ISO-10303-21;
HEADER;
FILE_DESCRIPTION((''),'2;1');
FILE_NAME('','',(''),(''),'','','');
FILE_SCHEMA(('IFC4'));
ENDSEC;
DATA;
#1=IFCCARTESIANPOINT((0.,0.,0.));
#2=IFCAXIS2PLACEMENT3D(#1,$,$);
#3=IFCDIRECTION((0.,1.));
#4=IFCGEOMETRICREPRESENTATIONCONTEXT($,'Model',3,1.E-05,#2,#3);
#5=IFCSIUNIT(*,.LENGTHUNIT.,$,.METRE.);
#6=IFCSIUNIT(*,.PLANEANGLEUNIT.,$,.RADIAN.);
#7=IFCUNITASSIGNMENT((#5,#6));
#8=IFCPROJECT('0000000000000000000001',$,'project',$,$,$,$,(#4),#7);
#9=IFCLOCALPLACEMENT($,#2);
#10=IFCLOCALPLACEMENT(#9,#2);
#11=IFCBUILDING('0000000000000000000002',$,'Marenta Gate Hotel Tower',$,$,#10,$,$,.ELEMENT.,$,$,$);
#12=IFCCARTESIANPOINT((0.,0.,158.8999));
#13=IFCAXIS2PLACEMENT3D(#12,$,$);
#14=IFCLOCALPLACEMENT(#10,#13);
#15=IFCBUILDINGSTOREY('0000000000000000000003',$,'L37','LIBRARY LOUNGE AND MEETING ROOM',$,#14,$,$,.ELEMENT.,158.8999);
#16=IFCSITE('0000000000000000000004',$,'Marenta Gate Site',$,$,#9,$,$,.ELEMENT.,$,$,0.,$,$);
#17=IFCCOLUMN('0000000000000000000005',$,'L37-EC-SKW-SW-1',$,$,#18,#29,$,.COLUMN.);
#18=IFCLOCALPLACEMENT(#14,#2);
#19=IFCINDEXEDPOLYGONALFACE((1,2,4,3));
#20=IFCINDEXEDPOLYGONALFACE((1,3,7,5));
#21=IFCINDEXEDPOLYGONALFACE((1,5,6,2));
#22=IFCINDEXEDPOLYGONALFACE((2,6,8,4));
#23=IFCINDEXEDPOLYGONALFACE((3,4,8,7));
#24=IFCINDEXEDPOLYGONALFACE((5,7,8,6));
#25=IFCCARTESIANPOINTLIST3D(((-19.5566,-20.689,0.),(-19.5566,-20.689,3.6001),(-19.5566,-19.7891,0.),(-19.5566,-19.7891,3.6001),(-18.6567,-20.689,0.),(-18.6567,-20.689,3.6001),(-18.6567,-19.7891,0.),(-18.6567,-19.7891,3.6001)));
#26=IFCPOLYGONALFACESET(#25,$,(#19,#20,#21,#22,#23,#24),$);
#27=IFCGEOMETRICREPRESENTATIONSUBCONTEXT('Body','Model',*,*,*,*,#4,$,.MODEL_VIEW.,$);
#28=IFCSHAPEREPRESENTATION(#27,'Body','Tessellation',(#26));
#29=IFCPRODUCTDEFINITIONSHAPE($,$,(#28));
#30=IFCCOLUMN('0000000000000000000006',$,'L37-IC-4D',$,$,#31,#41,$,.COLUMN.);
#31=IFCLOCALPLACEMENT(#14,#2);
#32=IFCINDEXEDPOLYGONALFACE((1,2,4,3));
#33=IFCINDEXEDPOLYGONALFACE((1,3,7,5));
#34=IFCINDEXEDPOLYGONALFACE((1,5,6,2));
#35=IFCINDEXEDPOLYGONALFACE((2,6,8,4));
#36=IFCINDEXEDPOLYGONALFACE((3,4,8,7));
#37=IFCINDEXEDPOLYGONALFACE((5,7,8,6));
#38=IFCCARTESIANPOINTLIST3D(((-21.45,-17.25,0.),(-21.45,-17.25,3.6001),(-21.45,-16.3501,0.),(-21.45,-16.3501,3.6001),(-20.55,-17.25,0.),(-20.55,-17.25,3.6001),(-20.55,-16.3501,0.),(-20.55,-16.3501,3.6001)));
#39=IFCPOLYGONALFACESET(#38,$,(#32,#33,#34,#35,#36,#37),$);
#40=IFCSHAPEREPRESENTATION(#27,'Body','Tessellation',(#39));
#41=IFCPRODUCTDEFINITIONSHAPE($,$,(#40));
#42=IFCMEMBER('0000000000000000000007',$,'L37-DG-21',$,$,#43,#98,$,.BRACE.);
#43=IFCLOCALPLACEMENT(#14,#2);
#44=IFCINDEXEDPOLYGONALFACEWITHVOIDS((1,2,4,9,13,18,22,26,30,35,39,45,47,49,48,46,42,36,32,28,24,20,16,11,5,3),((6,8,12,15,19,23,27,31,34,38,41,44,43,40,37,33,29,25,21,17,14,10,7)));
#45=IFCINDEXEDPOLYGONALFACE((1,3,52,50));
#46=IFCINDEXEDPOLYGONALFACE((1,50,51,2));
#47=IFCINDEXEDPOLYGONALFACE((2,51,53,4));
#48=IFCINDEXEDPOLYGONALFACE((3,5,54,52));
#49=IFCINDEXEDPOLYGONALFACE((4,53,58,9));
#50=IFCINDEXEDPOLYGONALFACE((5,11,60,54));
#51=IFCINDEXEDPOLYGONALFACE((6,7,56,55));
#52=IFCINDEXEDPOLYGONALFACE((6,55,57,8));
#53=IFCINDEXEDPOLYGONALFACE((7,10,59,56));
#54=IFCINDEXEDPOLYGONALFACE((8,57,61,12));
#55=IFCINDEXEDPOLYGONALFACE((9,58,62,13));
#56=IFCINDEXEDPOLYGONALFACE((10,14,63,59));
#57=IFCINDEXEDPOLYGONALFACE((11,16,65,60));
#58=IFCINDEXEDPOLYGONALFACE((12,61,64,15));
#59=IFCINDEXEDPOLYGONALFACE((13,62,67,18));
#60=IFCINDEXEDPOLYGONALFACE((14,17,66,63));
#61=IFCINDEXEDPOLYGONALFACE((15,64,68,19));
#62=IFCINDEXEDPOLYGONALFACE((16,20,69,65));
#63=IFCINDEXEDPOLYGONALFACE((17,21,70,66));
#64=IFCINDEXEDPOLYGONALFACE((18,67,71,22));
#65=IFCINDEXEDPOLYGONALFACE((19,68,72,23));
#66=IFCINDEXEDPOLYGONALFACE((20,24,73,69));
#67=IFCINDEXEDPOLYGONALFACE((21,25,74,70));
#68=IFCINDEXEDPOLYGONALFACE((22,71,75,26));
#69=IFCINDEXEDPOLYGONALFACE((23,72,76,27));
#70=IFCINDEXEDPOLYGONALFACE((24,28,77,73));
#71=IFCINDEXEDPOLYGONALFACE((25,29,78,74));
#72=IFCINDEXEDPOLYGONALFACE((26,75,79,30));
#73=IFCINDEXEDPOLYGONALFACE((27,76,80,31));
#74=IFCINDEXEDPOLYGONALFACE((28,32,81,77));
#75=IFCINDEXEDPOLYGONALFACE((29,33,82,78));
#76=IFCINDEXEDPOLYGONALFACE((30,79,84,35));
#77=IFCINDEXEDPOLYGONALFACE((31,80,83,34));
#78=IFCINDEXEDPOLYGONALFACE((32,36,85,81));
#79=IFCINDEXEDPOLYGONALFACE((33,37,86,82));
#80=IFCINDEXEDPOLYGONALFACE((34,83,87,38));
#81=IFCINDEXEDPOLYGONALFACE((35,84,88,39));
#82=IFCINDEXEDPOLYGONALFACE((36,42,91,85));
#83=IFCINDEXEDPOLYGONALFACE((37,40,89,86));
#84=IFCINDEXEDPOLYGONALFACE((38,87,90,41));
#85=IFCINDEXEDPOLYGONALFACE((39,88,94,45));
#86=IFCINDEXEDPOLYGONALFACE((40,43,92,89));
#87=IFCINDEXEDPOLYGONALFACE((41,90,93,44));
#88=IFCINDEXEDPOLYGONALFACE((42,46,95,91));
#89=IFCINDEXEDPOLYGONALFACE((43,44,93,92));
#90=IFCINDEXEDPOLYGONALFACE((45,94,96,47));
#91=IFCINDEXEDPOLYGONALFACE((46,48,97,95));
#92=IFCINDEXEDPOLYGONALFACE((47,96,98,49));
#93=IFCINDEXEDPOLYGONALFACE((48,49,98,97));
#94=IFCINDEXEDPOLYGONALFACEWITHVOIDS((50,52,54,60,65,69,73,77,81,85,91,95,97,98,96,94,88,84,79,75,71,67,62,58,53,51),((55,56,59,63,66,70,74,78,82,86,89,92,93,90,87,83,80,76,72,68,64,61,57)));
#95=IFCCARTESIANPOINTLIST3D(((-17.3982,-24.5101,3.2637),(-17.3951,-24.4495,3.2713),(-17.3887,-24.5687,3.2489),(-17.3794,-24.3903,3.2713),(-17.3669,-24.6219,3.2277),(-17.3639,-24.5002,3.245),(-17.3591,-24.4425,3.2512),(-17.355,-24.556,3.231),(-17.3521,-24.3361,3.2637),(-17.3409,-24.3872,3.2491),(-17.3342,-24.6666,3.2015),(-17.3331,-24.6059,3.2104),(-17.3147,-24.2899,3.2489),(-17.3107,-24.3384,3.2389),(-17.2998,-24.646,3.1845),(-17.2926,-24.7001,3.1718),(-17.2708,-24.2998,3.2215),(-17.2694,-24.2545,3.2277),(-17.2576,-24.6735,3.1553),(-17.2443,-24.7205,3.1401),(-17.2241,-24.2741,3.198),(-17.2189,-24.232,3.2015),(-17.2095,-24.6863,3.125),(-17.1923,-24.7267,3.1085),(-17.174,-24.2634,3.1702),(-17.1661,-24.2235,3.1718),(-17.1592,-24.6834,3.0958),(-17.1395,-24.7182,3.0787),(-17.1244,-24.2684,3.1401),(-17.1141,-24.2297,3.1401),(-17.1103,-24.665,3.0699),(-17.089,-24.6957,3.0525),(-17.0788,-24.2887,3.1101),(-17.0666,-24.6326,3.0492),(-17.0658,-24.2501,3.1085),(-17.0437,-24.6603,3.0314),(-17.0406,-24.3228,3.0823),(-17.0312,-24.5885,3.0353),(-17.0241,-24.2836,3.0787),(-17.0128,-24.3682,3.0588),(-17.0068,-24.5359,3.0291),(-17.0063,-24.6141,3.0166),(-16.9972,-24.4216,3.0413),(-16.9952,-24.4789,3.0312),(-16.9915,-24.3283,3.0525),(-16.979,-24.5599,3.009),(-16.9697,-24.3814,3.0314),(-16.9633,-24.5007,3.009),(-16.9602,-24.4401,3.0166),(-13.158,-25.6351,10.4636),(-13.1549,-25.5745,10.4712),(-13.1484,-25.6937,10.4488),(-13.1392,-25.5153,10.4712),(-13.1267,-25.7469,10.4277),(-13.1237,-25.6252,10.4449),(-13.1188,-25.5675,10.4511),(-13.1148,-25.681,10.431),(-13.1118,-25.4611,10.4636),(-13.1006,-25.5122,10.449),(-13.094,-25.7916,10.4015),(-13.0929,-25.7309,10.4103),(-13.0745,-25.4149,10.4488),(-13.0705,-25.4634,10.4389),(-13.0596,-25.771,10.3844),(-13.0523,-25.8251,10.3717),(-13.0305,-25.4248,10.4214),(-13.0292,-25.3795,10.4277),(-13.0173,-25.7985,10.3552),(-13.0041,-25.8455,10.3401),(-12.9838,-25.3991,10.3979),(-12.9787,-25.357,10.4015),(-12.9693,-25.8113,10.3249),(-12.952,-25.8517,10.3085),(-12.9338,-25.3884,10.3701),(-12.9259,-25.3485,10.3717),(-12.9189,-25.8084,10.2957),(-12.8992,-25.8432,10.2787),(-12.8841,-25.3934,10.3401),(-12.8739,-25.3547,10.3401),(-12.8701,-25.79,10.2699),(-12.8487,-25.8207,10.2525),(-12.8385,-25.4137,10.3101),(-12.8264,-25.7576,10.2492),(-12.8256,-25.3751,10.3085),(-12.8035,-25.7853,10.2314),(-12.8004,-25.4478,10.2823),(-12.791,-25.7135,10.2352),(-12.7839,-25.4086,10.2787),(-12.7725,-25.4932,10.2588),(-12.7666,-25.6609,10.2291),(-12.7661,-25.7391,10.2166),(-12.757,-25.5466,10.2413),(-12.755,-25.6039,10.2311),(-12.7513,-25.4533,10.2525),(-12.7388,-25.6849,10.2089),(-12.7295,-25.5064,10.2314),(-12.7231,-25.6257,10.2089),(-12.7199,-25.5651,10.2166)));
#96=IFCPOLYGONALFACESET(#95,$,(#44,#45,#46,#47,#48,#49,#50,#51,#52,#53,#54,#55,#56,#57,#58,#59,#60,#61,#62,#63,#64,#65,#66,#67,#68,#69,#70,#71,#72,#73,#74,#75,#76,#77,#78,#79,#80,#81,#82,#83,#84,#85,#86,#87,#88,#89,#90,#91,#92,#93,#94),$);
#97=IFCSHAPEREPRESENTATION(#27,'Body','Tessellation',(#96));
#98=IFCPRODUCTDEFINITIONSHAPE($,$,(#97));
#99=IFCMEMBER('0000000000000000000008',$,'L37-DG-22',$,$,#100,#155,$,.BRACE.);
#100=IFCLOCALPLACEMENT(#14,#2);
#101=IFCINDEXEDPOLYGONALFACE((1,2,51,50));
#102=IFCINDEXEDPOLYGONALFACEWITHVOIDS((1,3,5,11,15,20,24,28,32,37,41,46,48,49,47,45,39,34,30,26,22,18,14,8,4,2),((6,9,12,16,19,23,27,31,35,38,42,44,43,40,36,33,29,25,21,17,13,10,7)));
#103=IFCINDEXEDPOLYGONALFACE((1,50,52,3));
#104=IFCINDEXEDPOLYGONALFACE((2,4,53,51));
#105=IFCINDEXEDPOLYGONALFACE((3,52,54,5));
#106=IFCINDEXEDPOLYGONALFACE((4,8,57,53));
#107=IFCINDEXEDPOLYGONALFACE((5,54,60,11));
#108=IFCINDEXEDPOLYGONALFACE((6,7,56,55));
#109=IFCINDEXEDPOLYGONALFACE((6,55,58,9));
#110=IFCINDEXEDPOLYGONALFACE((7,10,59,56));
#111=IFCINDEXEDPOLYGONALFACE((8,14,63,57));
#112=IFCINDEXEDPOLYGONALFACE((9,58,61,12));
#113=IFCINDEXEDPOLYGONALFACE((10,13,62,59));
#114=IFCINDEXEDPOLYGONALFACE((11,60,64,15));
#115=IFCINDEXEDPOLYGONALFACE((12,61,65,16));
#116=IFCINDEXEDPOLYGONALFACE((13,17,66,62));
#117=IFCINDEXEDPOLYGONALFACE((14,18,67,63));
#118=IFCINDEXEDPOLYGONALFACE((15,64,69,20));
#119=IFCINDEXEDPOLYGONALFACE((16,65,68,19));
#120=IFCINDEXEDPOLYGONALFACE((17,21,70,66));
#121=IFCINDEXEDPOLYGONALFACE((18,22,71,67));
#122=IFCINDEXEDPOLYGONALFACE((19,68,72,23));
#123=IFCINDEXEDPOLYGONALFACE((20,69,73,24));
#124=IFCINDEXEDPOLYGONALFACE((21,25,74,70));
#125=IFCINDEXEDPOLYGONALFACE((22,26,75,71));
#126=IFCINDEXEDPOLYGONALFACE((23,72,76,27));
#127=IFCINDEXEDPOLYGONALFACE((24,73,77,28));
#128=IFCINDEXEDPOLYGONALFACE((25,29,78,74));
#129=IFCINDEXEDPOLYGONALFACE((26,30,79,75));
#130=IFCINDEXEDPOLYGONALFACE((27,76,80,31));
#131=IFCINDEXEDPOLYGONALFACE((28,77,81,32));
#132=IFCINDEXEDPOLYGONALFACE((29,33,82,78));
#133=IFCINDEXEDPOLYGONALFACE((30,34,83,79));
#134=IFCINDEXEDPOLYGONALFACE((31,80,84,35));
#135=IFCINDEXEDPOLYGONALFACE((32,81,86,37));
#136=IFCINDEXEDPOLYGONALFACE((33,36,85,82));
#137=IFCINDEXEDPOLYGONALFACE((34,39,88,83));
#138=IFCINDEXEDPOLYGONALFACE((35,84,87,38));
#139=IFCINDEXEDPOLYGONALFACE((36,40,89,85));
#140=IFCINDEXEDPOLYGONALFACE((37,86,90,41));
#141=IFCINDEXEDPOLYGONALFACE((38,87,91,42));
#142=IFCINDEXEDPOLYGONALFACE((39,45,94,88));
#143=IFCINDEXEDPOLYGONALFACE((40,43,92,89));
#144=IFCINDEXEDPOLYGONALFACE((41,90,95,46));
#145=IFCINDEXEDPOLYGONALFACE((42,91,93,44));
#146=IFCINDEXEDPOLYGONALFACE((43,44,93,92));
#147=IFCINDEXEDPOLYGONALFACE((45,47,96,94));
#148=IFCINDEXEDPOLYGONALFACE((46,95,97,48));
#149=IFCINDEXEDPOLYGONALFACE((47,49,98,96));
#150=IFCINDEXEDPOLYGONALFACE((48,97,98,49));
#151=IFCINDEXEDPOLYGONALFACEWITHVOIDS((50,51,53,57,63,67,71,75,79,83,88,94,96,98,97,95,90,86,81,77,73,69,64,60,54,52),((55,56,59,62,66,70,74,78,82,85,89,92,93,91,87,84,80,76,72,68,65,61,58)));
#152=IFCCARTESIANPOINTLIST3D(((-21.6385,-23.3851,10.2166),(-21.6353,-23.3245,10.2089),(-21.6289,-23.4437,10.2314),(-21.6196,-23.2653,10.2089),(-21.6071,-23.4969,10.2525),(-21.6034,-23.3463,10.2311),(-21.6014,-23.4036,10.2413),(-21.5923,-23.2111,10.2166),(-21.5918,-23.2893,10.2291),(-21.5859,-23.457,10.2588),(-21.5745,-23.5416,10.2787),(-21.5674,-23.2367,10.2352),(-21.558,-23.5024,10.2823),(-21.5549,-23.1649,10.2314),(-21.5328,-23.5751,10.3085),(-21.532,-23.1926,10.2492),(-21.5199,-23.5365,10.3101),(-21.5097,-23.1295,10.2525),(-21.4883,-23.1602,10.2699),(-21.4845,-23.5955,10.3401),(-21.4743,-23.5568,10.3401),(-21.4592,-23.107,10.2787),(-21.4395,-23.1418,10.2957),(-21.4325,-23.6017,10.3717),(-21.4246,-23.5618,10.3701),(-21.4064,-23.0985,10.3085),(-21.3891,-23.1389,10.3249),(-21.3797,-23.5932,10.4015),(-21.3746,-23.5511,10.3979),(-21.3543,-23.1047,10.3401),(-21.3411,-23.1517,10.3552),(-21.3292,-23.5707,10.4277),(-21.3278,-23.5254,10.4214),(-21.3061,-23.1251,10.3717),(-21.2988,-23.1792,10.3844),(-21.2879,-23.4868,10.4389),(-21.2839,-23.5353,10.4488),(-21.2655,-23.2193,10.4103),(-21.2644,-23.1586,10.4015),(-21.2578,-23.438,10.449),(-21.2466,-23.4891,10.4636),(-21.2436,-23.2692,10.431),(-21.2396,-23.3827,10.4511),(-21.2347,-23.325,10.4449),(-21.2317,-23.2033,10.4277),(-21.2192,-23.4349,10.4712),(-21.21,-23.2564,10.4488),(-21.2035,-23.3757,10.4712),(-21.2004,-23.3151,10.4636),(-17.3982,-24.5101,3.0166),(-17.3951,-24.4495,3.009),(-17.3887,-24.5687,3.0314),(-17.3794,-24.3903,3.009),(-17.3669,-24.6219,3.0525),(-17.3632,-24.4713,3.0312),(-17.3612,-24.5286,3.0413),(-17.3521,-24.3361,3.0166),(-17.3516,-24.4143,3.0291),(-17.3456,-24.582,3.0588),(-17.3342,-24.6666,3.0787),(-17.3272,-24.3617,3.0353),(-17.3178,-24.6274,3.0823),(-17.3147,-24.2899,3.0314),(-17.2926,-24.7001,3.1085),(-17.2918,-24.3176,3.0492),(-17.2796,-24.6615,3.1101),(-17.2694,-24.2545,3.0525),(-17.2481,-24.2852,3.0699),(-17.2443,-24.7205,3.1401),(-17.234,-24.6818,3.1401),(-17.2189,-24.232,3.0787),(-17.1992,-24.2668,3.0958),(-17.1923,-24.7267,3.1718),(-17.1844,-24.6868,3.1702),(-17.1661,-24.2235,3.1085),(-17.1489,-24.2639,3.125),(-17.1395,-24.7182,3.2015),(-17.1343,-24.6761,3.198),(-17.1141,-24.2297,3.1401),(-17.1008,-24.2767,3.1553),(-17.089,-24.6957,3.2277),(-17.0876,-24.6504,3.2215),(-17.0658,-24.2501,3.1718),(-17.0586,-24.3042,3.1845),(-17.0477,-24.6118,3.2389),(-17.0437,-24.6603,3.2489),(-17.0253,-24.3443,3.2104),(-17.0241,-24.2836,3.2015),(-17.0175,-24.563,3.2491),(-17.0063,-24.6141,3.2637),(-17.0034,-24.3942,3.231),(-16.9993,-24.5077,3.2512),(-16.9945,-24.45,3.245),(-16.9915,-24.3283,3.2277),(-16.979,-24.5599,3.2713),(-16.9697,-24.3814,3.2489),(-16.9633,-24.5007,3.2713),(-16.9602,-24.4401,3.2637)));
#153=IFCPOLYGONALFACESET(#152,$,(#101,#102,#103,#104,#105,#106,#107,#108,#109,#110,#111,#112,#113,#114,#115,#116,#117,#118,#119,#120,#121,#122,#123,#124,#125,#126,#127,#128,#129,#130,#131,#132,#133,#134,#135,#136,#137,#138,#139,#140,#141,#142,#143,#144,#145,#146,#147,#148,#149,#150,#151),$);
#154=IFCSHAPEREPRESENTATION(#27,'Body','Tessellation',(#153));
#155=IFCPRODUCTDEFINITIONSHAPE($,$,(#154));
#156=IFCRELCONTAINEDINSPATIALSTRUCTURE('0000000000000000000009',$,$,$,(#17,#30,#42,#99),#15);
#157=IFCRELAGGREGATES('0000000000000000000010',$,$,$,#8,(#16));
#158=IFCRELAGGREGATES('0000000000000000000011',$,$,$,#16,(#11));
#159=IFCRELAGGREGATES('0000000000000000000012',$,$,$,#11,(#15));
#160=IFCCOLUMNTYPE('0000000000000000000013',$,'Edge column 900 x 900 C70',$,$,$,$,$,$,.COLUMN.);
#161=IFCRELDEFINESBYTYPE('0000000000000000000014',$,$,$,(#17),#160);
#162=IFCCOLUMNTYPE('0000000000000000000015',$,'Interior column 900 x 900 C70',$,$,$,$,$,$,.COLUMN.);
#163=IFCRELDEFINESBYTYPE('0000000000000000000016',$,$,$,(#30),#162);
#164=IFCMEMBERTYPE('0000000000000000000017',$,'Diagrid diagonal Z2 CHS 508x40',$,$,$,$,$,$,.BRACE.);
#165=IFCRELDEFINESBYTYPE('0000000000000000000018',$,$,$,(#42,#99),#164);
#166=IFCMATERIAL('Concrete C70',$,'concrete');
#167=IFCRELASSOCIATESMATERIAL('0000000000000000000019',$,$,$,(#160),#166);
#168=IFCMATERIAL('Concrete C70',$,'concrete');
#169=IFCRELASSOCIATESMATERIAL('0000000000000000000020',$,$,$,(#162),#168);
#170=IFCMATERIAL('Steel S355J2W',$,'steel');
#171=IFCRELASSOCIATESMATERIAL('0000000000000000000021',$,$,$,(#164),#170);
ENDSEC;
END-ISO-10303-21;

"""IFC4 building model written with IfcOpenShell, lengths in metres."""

from ifc_helpers import new_model, si_unit, direction, frame, origin, origin_2d, place, context, subcontext, project, spatial, rectangle, hollow_circle, extrude, material, material_profile, profile_set, type_object, element, save


model = new_model("IFC4")

# Units and contexts
model_context = context("Model", 3, precision=1e-05, world=origin(), true_north=direction((0.0, 1.0)))
body_context = subcontext(model_context, "Body", "Model", "MODEL_VIEW")
ifc_project = project(units=[si_unit("LENGTHUNIT", "METRE"), si_unit("PLANEANGLEUNIT", "RADIAN")], contexts=[model_context])

# Site, building, storey
site_placement = place(None, origin())
site = spatial("IfcSite", under=ifc_project, at=site_placement, Name="Marenta Gate Site", CompositionType="ELEMENT", RefElevation=0.0)
building_placement = place(site_placement, origin())
building = spatial("IfcBuilding", under=site, at=building_placement, Name="Marenta Gate Hotel Tower", CompositionType="ELEMENT")
storey_placement = place(building_placement, frame((0.0, 0.0, 158.8999)))
storey = spatial("IfcBuildingStorey", under=building, at=storey_placement, Name="L37", Description="LIBRARY LOUNGE AND MEETING ROOM", CompositionType="ELEMENT", Elevation=158.8999)

# Columns
ifc_material_1 = material(Name="Concrete C70", Category="concrete")
ifc_material_profile_1 = material_profile(ifc_material_1, rectangle(XDim=0.8999, YDim=0.8999, at=origin_2d()), Name="900 x 900")
ifc_profile_set_1 = profile_set([ifc_material_profile_1], Name="Concrete C70")
column_type_1 = type_object("IfcColumnType", Name="Edge column 900 x 900 C70", PredefinedType="COLUMN", material=ifc_profile_set_1)
column_1_placement = place(storey_placement, frame((-19.1067, -20.239, 0.0), z_axis=(0.0, 0.0, 1.0), x_axis=(1.0, 0.0, 0.0)))
element("IfcColumn", 1, at=column_1_placement, inside=storey, type_object=column_type_1, Name="L37-EC-SKW-SW-1", PredefinedType="COLUMN", context=body_context, shape_type="SweptSolid", body=[
    extrude(rectangle(XDim=0.8999, YDim=0.8999, at=origin_2d()), origin(), (0.0, 0.0, 1.0), 3.6001),
])
ifc_material_2 = material(Name="Concrete C70", Category="concrete")
ifc_material_profile_2 = material_profile(ifc_material_2, rectangle(XDim=0.8999, YDim=0.8999, at=origin_2d()), Name="900 x 900")
ifc_profile_set_2 = profile_set([ifc_material_profile_2], Name="Concrete C70")
column_type_2 = type_object("IfcColumnType", Name="Interior column 900 x 900 C70", PredefinedType="COLUMN", material=ifc_profile_set_2)
column_2_placement = place(storey_placement, frame((-21.0, -16.8, 0.0), z_axis=(0.0, 0.0, 1.0), x_axis=(1.0, 0.0, 0.0)))
element("IfcColumn", 2, at=column_2_placement, inside=storey, type_object=column_type_2, Name="L37-IC-4D", PredefinedType="COLUMN", context=body_context, shape_type="SweptSolid", body=[
    extrude(rectangle(XDim=0.8999, YDim=0.8999, at=origin_2d()), origin(), (0.0, 0.0, 1.0), 3.6001),
])

# Members
ifc_material_3 = material(Name="Steel S355J2W", Category="steel")
ifc_material_profile_3 = material_profile(ifc_material_3, hollow_circle(Radius=0.2539, WallThickness=0.04, at=origin_2d()), Name="CHS 508x40")
ifc_profile_set_3 = profile_set([ifc_material_profile_3], Name="Steel S355J2W")
member_type_1 = type_object("IfcMemberType", Name="Diagrid diagonal Z2 CHS 508x40", PredefinedType="BRACE", material=ifc_profile_set_3)
for number, where, z_axis, x_axis, name in (
    (3, (-17.1792, -24.4751, 3.1401), (0.502924, -0.133434, 0.853969), (0.256443, 0.966559, 0.0), "L37-DG-21"),
    (4, (-17.1792, -24.4751, 3.1401), (-0.502924, 0.133434, 0.853969), (-0.256443, -0.966559, 0.0), "L37-DG-22"),
):
    element("IfcMember", number, at=place(storey_placement, frame(where, z_axis=z_axis, x_axis=x_axis)), inside=storey, type_object=member_type_1, Name=name, PredefinedType="BRACE", context=body_context, shape_type="SweptSolid", body=[
        extrude(hollow_circle(Radius=0.2539, WallThickness=0.04, at=origin_2d()), origin(), (0.0, 0.0, 1.0), 8.4312),
    ])

save(model, "model.ifc")
